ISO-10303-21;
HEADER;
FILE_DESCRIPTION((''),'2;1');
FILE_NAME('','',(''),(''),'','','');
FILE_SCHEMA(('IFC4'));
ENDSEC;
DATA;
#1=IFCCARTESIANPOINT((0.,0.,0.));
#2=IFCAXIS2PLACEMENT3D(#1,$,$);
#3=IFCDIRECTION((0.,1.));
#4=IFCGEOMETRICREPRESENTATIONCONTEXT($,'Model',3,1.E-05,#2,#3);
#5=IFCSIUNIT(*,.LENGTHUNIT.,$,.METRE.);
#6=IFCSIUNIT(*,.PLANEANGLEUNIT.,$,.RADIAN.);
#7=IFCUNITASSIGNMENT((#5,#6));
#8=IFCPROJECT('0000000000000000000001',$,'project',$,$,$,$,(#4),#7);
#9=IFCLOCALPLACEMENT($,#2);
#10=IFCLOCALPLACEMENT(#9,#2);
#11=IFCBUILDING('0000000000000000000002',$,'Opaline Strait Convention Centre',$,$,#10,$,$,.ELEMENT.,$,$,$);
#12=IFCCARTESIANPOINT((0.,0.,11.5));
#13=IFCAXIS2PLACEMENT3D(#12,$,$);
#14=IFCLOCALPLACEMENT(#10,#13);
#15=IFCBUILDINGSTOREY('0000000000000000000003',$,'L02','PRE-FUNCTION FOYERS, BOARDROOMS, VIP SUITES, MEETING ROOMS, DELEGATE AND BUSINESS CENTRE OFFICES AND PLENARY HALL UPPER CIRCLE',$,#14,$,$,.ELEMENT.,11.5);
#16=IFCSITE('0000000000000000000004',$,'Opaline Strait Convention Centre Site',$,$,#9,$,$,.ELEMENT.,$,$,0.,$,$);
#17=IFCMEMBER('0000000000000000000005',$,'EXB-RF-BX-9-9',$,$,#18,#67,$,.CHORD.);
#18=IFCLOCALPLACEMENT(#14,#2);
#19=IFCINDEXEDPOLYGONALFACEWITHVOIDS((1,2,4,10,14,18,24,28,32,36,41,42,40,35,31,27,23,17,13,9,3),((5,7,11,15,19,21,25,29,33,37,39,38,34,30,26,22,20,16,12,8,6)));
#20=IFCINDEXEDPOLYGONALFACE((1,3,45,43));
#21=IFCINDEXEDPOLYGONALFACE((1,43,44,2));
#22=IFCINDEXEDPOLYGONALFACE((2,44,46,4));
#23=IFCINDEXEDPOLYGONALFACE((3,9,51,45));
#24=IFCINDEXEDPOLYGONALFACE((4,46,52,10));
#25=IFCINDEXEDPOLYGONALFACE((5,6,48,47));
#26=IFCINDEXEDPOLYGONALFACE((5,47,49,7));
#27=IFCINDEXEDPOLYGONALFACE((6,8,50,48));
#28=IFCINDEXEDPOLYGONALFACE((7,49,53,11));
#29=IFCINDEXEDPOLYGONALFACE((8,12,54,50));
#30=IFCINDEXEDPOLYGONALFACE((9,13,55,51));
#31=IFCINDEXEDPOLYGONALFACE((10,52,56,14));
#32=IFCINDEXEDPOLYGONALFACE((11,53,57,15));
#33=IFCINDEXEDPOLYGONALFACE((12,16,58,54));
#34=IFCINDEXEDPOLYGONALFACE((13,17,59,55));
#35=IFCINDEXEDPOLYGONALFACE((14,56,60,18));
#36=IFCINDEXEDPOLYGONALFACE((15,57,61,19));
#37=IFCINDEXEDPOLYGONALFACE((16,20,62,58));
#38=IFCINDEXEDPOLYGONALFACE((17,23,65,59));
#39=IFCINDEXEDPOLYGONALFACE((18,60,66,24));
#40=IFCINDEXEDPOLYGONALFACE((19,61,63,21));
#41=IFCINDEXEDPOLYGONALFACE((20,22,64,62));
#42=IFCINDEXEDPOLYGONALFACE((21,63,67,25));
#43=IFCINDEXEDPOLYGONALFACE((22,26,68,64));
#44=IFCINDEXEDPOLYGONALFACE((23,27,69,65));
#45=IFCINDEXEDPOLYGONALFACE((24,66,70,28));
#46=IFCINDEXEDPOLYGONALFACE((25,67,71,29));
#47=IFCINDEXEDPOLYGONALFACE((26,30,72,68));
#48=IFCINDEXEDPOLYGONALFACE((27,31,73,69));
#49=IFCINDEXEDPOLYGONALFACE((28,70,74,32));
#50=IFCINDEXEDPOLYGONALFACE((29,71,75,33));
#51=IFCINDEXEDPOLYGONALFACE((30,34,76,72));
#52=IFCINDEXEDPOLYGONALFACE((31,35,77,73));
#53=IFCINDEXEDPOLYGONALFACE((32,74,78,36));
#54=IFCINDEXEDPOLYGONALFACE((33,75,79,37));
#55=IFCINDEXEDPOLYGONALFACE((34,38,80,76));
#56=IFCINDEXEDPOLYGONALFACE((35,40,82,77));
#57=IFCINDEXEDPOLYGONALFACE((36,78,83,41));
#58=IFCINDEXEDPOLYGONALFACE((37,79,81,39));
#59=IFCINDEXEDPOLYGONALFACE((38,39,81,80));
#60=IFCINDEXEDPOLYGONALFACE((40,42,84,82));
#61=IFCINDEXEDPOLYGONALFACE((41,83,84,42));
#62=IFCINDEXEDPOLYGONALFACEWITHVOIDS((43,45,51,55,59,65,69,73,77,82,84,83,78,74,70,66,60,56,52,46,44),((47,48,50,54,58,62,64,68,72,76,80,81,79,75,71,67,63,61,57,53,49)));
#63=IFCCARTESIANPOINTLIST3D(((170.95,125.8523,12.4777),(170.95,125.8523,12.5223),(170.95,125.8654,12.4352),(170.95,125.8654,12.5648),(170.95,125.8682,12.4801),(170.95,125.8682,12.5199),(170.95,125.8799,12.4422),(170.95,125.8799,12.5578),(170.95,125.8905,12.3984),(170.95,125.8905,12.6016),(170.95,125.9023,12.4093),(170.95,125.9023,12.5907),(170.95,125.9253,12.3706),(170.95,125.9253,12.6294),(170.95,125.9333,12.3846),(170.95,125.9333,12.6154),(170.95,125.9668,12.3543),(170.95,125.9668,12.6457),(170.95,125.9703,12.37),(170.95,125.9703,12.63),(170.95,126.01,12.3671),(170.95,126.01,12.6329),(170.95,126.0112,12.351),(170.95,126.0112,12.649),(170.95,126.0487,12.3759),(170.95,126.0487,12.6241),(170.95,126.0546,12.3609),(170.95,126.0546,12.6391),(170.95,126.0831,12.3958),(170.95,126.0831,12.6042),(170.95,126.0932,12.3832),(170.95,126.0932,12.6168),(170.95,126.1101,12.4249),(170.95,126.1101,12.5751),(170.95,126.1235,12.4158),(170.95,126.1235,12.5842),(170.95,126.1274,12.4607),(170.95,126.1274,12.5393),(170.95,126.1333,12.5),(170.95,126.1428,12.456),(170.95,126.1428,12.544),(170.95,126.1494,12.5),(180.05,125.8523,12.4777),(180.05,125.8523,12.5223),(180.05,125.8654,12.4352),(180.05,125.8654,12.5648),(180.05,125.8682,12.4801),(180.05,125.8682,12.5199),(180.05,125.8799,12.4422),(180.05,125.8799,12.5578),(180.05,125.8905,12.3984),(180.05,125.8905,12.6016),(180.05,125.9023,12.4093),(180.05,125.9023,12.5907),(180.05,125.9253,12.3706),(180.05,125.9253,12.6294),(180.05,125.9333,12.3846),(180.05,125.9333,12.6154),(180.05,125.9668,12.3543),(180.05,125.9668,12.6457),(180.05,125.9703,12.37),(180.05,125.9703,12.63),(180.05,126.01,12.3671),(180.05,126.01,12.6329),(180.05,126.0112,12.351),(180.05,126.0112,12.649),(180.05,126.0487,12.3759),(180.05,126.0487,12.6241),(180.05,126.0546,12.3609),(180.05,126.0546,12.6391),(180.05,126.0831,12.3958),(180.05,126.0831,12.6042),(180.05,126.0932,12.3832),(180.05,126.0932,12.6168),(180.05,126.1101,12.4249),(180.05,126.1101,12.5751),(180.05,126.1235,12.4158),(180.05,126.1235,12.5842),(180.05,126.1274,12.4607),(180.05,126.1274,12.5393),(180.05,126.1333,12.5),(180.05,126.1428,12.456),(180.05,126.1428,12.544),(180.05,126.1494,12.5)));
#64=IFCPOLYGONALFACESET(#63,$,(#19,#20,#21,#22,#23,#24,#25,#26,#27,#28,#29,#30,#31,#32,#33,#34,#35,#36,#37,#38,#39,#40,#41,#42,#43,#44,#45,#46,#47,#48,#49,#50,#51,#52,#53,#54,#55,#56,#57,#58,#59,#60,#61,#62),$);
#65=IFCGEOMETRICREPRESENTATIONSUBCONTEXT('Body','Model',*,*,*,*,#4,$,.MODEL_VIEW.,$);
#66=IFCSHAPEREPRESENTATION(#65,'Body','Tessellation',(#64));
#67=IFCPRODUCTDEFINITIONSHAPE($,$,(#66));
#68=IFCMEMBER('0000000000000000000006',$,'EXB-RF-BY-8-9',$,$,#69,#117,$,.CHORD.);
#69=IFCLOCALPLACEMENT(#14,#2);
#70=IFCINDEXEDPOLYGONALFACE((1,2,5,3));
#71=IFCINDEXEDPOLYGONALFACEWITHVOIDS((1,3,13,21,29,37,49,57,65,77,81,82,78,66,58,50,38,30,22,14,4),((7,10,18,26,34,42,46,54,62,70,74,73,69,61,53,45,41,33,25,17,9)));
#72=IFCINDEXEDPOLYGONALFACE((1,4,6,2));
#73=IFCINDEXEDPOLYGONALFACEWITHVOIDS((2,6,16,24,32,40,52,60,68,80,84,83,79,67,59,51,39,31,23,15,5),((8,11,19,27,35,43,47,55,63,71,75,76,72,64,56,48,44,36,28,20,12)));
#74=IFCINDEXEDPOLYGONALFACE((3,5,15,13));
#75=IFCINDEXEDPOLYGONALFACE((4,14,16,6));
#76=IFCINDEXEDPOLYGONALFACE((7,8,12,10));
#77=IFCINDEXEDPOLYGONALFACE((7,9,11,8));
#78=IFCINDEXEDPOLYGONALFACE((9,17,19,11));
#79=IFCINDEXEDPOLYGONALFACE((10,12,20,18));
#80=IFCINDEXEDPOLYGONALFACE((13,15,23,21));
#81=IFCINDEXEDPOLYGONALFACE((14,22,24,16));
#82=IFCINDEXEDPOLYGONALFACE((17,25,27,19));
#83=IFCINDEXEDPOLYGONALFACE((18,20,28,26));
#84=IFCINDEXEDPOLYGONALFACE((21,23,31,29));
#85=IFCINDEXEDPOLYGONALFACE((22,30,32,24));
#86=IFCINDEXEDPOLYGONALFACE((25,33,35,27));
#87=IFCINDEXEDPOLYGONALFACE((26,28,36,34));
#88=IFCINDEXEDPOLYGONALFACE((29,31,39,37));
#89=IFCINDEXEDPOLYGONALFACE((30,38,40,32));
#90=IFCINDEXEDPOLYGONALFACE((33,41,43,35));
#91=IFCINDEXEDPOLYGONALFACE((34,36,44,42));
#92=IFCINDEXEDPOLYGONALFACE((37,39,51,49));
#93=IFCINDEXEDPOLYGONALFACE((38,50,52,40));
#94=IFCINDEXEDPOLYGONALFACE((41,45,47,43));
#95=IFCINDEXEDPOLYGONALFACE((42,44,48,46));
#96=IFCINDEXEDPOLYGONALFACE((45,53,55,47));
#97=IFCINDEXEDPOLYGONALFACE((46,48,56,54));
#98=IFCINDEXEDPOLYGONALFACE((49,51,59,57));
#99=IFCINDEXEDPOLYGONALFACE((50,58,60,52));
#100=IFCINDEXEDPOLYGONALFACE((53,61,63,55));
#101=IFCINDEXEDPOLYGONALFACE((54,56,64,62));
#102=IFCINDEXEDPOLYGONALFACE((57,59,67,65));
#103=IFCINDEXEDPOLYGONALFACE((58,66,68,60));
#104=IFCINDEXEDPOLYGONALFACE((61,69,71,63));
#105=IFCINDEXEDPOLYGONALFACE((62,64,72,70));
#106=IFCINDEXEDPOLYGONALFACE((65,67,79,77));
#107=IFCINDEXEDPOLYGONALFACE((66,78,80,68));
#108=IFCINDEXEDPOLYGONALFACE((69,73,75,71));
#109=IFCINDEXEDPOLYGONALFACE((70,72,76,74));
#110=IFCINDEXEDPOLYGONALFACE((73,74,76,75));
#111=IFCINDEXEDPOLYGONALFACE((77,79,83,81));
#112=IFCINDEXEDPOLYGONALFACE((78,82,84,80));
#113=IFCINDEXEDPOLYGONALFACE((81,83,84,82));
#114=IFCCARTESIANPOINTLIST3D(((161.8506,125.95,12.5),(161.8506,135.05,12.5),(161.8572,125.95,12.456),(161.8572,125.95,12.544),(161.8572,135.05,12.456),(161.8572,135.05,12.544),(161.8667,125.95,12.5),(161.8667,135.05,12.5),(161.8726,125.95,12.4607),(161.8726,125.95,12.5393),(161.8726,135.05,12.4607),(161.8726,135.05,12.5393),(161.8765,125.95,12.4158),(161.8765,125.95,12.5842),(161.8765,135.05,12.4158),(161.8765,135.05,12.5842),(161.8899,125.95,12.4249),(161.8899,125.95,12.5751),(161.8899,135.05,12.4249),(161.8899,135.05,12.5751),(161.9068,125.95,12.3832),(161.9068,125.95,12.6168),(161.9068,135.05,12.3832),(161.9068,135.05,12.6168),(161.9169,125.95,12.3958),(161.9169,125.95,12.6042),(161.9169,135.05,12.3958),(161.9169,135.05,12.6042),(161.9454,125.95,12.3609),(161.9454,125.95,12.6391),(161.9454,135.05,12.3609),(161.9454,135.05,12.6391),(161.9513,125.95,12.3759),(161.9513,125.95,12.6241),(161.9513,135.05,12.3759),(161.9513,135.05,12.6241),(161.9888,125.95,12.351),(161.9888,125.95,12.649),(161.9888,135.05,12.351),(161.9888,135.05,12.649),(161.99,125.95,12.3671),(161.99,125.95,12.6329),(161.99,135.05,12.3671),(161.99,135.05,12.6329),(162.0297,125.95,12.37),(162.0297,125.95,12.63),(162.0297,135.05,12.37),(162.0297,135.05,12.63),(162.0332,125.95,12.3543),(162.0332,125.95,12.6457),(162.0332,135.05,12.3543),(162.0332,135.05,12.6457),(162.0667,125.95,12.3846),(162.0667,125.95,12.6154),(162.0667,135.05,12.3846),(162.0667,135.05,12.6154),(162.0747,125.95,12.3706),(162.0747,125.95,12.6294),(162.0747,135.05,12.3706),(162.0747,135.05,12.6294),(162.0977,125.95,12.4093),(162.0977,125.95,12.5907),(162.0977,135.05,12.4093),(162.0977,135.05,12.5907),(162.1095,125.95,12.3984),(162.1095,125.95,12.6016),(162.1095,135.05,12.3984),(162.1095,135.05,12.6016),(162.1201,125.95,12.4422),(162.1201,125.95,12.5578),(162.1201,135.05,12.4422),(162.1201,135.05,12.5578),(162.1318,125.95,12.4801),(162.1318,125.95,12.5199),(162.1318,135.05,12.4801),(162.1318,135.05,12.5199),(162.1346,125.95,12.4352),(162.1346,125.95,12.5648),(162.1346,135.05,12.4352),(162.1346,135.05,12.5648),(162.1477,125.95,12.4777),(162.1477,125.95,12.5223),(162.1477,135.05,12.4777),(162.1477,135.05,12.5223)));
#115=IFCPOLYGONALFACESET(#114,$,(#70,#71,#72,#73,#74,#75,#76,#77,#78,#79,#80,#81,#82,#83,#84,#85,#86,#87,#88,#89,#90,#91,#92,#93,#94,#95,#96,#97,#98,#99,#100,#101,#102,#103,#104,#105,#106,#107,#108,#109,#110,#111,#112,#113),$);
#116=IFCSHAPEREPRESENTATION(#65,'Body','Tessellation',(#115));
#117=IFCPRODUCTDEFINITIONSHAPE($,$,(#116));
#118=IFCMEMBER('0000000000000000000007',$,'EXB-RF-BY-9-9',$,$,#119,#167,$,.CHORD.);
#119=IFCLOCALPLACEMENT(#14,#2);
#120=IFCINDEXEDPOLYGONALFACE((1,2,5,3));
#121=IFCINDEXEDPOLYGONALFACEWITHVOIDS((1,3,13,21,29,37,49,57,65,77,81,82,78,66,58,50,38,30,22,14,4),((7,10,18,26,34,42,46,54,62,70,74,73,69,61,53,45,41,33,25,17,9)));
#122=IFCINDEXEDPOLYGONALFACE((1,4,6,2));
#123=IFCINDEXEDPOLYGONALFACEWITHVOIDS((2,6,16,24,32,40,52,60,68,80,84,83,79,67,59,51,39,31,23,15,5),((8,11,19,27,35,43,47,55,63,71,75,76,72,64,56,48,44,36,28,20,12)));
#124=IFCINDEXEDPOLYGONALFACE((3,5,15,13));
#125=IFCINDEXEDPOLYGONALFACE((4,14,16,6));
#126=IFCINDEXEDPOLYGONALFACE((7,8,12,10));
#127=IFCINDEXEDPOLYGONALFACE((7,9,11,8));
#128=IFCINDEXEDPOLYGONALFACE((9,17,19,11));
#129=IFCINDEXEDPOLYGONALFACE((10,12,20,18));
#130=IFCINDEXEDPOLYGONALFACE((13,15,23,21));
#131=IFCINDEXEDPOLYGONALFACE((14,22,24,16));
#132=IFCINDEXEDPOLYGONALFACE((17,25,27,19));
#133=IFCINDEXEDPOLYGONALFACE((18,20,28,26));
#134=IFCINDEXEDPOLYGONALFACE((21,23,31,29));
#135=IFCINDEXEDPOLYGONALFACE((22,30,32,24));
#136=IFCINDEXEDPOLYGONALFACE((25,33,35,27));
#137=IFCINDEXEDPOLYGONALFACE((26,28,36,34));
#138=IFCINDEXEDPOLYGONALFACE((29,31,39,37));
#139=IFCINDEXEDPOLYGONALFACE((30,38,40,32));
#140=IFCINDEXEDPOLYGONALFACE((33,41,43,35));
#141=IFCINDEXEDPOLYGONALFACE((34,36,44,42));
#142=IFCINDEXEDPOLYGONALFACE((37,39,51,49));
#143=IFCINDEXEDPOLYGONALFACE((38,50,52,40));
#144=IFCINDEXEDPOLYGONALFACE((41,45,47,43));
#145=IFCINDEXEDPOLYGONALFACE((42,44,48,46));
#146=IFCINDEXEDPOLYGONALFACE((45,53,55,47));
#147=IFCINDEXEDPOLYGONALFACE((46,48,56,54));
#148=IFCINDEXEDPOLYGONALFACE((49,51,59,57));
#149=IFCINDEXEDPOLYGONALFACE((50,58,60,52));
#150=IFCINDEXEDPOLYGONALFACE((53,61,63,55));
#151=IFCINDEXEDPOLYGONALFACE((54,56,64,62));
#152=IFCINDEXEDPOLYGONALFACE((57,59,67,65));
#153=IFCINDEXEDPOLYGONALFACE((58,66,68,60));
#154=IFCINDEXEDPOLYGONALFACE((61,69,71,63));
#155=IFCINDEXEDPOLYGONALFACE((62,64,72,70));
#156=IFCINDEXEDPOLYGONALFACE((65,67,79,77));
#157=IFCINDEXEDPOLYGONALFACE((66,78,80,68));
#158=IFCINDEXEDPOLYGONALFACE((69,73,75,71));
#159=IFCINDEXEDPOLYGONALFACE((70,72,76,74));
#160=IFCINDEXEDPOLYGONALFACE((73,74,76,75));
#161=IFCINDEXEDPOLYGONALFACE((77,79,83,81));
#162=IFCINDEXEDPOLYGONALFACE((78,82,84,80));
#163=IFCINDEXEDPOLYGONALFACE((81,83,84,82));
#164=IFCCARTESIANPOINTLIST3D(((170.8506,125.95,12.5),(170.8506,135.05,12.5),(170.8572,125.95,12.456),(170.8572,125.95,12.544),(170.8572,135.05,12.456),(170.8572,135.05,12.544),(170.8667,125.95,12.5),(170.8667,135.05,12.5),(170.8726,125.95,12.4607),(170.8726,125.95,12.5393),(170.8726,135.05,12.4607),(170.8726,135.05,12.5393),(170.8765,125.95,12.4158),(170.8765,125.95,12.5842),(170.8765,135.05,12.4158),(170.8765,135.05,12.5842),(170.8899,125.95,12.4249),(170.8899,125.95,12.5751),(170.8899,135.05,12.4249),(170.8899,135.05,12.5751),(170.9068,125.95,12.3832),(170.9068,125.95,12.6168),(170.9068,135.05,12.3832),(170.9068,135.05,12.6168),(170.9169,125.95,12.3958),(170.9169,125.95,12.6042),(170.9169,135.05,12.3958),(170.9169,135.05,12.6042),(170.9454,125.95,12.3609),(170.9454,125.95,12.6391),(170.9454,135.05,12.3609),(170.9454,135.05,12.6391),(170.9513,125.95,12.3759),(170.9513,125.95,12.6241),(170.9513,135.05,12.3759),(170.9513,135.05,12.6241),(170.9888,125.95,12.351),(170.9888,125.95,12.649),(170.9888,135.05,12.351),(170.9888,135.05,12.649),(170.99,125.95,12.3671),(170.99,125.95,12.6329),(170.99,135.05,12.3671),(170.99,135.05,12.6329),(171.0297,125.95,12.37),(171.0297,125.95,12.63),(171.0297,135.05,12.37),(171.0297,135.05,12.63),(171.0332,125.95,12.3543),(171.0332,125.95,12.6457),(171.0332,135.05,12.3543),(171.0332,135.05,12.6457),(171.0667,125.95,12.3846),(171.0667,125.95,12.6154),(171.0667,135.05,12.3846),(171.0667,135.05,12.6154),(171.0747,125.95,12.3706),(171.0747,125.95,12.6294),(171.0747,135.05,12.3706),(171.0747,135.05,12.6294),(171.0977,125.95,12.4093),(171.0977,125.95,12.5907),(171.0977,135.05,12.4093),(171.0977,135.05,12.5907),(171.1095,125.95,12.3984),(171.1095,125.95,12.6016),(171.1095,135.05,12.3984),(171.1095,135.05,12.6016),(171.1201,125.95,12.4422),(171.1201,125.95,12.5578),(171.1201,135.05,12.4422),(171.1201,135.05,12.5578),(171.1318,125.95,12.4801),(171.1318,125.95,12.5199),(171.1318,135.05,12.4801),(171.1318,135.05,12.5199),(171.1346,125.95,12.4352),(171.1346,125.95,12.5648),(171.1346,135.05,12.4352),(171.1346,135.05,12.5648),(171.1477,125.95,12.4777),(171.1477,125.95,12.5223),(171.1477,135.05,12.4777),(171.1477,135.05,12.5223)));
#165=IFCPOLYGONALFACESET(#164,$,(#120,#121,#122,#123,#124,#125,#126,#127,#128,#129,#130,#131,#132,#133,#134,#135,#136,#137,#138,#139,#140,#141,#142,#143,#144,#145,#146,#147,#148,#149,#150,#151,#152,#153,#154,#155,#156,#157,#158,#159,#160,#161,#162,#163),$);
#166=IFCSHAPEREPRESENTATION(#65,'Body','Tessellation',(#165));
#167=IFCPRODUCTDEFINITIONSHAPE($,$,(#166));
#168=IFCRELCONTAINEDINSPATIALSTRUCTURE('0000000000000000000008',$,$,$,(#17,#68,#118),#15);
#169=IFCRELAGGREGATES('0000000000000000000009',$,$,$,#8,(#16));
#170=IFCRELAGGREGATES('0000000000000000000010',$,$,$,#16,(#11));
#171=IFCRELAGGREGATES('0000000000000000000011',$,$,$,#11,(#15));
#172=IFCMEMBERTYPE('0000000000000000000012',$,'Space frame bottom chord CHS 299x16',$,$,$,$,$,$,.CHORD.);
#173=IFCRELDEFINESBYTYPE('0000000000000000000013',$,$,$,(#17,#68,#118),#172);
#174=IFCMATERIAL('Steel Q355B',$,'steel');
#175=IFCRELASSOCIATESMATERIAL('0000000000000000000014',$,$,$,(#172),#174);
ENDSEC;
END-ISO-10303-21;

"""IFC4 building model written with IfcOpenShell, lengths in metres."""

from ifc_helpers import new_model, si_unit, direction, frame, origin, origin_2d, place, context, subcontext, project, spatial, hollow_circle, extrude, material, material_profile, profile_set, type_object, element, save


model = new_model("IFC4")

# Units and contexts
model_context = context("Model", 3, precision=1e-05, world=origin(), true_north=direction((0.0, 1.0)))
body_context = subcontext(model_context, "Body", "Model", "MODEL_VIEW")
ifc_project = project(units=[si_unit("LENGTHUNIT", "METRE"), si_unit("PLANEANGLEUNIT", "RADIAN")], contexts=[model_context])

# Site, building, storey
site_placement = place(None, origin())
site = spatial("IfcSite", under=ifc_project, at=site_placement, Name="Opaline Strait Convention Centre Site", CompositionType="ELEMENT", RefElevation=0.0)
building_placement = place(site_placement, origin())
building = spatial("IfcBuilding", under=site, at=building_placement, Name="Opaline Strait Convention Centre", CompositionType="ELEMENT")
storey_placement = place(building_placement, frame((0.0, 0.0, 11.5)))
storey = spatial("IfcBuildingStorey", under=building, at=storey_placement, Name="L02", Description="PRE-FUNCTION FOYERS, BOARDROOMS, VIP SUITES, MEETING ROOMS, DELEGATE AND BUSINESS CENTRE OFFICES AND PLENARY HALL UPPER CIRCLE", CompositionType="ELEMENT", Elevation=11.5)

# Members
ifc_material = material(Name="Steel Q355B", Category="steel")
ifc_material_profile_1 = material_profile(ifc_material, hollow_circle(Radius=0.1494, WallThickness=0.0161, at=origin_2d()), Name="CHS 299x16")
ifc_profile_set_1 = profile_set([ifc_material_profile_1], Name="Steel Q355B")
member_type_1 = type_object("IfcMemberType", Name="Space frame bottom chord CHS 299x16", PredefinedType="CHORD", material=ifc_profile_set_1)
for number, where, z_axis, x_axis, name in (
    (1, (170.95, 126.0, 12.5), (1.0, 0.0, 0.0), (0.0, 1.0, 0.0), "EXB-RF-BX-9-9"),
    (2, (162.0, 125.95, 12.5), (0.0, 1.0, 0.0), (-1.0, 0.0, 0.0), "EXB-RF-BY-8-9"),
    (3, (171.0, 125.95, 12.5), (0.0, 1.0, 0.0), (-1.0, 0.0, 0.0), "EXB-RF-BY-9-9"),
):
    element("IfcMember", number, at=place(storey_placement, frame(where, z_axis=z_axis, x_axis=x_axis)), inside=storey, type_object=member_type_1, Name=name, PredefinedType="CHORD", context=body_context, shape_type="SweptSolid", body=[
        extrude(hollow_circle(Radius=0.1494, WallThickness=0.0161, at=origin_2d()), origin(), (0.0, 0.0, 1.0), 9.1001),
    ])

save(model, "model.ifc")
